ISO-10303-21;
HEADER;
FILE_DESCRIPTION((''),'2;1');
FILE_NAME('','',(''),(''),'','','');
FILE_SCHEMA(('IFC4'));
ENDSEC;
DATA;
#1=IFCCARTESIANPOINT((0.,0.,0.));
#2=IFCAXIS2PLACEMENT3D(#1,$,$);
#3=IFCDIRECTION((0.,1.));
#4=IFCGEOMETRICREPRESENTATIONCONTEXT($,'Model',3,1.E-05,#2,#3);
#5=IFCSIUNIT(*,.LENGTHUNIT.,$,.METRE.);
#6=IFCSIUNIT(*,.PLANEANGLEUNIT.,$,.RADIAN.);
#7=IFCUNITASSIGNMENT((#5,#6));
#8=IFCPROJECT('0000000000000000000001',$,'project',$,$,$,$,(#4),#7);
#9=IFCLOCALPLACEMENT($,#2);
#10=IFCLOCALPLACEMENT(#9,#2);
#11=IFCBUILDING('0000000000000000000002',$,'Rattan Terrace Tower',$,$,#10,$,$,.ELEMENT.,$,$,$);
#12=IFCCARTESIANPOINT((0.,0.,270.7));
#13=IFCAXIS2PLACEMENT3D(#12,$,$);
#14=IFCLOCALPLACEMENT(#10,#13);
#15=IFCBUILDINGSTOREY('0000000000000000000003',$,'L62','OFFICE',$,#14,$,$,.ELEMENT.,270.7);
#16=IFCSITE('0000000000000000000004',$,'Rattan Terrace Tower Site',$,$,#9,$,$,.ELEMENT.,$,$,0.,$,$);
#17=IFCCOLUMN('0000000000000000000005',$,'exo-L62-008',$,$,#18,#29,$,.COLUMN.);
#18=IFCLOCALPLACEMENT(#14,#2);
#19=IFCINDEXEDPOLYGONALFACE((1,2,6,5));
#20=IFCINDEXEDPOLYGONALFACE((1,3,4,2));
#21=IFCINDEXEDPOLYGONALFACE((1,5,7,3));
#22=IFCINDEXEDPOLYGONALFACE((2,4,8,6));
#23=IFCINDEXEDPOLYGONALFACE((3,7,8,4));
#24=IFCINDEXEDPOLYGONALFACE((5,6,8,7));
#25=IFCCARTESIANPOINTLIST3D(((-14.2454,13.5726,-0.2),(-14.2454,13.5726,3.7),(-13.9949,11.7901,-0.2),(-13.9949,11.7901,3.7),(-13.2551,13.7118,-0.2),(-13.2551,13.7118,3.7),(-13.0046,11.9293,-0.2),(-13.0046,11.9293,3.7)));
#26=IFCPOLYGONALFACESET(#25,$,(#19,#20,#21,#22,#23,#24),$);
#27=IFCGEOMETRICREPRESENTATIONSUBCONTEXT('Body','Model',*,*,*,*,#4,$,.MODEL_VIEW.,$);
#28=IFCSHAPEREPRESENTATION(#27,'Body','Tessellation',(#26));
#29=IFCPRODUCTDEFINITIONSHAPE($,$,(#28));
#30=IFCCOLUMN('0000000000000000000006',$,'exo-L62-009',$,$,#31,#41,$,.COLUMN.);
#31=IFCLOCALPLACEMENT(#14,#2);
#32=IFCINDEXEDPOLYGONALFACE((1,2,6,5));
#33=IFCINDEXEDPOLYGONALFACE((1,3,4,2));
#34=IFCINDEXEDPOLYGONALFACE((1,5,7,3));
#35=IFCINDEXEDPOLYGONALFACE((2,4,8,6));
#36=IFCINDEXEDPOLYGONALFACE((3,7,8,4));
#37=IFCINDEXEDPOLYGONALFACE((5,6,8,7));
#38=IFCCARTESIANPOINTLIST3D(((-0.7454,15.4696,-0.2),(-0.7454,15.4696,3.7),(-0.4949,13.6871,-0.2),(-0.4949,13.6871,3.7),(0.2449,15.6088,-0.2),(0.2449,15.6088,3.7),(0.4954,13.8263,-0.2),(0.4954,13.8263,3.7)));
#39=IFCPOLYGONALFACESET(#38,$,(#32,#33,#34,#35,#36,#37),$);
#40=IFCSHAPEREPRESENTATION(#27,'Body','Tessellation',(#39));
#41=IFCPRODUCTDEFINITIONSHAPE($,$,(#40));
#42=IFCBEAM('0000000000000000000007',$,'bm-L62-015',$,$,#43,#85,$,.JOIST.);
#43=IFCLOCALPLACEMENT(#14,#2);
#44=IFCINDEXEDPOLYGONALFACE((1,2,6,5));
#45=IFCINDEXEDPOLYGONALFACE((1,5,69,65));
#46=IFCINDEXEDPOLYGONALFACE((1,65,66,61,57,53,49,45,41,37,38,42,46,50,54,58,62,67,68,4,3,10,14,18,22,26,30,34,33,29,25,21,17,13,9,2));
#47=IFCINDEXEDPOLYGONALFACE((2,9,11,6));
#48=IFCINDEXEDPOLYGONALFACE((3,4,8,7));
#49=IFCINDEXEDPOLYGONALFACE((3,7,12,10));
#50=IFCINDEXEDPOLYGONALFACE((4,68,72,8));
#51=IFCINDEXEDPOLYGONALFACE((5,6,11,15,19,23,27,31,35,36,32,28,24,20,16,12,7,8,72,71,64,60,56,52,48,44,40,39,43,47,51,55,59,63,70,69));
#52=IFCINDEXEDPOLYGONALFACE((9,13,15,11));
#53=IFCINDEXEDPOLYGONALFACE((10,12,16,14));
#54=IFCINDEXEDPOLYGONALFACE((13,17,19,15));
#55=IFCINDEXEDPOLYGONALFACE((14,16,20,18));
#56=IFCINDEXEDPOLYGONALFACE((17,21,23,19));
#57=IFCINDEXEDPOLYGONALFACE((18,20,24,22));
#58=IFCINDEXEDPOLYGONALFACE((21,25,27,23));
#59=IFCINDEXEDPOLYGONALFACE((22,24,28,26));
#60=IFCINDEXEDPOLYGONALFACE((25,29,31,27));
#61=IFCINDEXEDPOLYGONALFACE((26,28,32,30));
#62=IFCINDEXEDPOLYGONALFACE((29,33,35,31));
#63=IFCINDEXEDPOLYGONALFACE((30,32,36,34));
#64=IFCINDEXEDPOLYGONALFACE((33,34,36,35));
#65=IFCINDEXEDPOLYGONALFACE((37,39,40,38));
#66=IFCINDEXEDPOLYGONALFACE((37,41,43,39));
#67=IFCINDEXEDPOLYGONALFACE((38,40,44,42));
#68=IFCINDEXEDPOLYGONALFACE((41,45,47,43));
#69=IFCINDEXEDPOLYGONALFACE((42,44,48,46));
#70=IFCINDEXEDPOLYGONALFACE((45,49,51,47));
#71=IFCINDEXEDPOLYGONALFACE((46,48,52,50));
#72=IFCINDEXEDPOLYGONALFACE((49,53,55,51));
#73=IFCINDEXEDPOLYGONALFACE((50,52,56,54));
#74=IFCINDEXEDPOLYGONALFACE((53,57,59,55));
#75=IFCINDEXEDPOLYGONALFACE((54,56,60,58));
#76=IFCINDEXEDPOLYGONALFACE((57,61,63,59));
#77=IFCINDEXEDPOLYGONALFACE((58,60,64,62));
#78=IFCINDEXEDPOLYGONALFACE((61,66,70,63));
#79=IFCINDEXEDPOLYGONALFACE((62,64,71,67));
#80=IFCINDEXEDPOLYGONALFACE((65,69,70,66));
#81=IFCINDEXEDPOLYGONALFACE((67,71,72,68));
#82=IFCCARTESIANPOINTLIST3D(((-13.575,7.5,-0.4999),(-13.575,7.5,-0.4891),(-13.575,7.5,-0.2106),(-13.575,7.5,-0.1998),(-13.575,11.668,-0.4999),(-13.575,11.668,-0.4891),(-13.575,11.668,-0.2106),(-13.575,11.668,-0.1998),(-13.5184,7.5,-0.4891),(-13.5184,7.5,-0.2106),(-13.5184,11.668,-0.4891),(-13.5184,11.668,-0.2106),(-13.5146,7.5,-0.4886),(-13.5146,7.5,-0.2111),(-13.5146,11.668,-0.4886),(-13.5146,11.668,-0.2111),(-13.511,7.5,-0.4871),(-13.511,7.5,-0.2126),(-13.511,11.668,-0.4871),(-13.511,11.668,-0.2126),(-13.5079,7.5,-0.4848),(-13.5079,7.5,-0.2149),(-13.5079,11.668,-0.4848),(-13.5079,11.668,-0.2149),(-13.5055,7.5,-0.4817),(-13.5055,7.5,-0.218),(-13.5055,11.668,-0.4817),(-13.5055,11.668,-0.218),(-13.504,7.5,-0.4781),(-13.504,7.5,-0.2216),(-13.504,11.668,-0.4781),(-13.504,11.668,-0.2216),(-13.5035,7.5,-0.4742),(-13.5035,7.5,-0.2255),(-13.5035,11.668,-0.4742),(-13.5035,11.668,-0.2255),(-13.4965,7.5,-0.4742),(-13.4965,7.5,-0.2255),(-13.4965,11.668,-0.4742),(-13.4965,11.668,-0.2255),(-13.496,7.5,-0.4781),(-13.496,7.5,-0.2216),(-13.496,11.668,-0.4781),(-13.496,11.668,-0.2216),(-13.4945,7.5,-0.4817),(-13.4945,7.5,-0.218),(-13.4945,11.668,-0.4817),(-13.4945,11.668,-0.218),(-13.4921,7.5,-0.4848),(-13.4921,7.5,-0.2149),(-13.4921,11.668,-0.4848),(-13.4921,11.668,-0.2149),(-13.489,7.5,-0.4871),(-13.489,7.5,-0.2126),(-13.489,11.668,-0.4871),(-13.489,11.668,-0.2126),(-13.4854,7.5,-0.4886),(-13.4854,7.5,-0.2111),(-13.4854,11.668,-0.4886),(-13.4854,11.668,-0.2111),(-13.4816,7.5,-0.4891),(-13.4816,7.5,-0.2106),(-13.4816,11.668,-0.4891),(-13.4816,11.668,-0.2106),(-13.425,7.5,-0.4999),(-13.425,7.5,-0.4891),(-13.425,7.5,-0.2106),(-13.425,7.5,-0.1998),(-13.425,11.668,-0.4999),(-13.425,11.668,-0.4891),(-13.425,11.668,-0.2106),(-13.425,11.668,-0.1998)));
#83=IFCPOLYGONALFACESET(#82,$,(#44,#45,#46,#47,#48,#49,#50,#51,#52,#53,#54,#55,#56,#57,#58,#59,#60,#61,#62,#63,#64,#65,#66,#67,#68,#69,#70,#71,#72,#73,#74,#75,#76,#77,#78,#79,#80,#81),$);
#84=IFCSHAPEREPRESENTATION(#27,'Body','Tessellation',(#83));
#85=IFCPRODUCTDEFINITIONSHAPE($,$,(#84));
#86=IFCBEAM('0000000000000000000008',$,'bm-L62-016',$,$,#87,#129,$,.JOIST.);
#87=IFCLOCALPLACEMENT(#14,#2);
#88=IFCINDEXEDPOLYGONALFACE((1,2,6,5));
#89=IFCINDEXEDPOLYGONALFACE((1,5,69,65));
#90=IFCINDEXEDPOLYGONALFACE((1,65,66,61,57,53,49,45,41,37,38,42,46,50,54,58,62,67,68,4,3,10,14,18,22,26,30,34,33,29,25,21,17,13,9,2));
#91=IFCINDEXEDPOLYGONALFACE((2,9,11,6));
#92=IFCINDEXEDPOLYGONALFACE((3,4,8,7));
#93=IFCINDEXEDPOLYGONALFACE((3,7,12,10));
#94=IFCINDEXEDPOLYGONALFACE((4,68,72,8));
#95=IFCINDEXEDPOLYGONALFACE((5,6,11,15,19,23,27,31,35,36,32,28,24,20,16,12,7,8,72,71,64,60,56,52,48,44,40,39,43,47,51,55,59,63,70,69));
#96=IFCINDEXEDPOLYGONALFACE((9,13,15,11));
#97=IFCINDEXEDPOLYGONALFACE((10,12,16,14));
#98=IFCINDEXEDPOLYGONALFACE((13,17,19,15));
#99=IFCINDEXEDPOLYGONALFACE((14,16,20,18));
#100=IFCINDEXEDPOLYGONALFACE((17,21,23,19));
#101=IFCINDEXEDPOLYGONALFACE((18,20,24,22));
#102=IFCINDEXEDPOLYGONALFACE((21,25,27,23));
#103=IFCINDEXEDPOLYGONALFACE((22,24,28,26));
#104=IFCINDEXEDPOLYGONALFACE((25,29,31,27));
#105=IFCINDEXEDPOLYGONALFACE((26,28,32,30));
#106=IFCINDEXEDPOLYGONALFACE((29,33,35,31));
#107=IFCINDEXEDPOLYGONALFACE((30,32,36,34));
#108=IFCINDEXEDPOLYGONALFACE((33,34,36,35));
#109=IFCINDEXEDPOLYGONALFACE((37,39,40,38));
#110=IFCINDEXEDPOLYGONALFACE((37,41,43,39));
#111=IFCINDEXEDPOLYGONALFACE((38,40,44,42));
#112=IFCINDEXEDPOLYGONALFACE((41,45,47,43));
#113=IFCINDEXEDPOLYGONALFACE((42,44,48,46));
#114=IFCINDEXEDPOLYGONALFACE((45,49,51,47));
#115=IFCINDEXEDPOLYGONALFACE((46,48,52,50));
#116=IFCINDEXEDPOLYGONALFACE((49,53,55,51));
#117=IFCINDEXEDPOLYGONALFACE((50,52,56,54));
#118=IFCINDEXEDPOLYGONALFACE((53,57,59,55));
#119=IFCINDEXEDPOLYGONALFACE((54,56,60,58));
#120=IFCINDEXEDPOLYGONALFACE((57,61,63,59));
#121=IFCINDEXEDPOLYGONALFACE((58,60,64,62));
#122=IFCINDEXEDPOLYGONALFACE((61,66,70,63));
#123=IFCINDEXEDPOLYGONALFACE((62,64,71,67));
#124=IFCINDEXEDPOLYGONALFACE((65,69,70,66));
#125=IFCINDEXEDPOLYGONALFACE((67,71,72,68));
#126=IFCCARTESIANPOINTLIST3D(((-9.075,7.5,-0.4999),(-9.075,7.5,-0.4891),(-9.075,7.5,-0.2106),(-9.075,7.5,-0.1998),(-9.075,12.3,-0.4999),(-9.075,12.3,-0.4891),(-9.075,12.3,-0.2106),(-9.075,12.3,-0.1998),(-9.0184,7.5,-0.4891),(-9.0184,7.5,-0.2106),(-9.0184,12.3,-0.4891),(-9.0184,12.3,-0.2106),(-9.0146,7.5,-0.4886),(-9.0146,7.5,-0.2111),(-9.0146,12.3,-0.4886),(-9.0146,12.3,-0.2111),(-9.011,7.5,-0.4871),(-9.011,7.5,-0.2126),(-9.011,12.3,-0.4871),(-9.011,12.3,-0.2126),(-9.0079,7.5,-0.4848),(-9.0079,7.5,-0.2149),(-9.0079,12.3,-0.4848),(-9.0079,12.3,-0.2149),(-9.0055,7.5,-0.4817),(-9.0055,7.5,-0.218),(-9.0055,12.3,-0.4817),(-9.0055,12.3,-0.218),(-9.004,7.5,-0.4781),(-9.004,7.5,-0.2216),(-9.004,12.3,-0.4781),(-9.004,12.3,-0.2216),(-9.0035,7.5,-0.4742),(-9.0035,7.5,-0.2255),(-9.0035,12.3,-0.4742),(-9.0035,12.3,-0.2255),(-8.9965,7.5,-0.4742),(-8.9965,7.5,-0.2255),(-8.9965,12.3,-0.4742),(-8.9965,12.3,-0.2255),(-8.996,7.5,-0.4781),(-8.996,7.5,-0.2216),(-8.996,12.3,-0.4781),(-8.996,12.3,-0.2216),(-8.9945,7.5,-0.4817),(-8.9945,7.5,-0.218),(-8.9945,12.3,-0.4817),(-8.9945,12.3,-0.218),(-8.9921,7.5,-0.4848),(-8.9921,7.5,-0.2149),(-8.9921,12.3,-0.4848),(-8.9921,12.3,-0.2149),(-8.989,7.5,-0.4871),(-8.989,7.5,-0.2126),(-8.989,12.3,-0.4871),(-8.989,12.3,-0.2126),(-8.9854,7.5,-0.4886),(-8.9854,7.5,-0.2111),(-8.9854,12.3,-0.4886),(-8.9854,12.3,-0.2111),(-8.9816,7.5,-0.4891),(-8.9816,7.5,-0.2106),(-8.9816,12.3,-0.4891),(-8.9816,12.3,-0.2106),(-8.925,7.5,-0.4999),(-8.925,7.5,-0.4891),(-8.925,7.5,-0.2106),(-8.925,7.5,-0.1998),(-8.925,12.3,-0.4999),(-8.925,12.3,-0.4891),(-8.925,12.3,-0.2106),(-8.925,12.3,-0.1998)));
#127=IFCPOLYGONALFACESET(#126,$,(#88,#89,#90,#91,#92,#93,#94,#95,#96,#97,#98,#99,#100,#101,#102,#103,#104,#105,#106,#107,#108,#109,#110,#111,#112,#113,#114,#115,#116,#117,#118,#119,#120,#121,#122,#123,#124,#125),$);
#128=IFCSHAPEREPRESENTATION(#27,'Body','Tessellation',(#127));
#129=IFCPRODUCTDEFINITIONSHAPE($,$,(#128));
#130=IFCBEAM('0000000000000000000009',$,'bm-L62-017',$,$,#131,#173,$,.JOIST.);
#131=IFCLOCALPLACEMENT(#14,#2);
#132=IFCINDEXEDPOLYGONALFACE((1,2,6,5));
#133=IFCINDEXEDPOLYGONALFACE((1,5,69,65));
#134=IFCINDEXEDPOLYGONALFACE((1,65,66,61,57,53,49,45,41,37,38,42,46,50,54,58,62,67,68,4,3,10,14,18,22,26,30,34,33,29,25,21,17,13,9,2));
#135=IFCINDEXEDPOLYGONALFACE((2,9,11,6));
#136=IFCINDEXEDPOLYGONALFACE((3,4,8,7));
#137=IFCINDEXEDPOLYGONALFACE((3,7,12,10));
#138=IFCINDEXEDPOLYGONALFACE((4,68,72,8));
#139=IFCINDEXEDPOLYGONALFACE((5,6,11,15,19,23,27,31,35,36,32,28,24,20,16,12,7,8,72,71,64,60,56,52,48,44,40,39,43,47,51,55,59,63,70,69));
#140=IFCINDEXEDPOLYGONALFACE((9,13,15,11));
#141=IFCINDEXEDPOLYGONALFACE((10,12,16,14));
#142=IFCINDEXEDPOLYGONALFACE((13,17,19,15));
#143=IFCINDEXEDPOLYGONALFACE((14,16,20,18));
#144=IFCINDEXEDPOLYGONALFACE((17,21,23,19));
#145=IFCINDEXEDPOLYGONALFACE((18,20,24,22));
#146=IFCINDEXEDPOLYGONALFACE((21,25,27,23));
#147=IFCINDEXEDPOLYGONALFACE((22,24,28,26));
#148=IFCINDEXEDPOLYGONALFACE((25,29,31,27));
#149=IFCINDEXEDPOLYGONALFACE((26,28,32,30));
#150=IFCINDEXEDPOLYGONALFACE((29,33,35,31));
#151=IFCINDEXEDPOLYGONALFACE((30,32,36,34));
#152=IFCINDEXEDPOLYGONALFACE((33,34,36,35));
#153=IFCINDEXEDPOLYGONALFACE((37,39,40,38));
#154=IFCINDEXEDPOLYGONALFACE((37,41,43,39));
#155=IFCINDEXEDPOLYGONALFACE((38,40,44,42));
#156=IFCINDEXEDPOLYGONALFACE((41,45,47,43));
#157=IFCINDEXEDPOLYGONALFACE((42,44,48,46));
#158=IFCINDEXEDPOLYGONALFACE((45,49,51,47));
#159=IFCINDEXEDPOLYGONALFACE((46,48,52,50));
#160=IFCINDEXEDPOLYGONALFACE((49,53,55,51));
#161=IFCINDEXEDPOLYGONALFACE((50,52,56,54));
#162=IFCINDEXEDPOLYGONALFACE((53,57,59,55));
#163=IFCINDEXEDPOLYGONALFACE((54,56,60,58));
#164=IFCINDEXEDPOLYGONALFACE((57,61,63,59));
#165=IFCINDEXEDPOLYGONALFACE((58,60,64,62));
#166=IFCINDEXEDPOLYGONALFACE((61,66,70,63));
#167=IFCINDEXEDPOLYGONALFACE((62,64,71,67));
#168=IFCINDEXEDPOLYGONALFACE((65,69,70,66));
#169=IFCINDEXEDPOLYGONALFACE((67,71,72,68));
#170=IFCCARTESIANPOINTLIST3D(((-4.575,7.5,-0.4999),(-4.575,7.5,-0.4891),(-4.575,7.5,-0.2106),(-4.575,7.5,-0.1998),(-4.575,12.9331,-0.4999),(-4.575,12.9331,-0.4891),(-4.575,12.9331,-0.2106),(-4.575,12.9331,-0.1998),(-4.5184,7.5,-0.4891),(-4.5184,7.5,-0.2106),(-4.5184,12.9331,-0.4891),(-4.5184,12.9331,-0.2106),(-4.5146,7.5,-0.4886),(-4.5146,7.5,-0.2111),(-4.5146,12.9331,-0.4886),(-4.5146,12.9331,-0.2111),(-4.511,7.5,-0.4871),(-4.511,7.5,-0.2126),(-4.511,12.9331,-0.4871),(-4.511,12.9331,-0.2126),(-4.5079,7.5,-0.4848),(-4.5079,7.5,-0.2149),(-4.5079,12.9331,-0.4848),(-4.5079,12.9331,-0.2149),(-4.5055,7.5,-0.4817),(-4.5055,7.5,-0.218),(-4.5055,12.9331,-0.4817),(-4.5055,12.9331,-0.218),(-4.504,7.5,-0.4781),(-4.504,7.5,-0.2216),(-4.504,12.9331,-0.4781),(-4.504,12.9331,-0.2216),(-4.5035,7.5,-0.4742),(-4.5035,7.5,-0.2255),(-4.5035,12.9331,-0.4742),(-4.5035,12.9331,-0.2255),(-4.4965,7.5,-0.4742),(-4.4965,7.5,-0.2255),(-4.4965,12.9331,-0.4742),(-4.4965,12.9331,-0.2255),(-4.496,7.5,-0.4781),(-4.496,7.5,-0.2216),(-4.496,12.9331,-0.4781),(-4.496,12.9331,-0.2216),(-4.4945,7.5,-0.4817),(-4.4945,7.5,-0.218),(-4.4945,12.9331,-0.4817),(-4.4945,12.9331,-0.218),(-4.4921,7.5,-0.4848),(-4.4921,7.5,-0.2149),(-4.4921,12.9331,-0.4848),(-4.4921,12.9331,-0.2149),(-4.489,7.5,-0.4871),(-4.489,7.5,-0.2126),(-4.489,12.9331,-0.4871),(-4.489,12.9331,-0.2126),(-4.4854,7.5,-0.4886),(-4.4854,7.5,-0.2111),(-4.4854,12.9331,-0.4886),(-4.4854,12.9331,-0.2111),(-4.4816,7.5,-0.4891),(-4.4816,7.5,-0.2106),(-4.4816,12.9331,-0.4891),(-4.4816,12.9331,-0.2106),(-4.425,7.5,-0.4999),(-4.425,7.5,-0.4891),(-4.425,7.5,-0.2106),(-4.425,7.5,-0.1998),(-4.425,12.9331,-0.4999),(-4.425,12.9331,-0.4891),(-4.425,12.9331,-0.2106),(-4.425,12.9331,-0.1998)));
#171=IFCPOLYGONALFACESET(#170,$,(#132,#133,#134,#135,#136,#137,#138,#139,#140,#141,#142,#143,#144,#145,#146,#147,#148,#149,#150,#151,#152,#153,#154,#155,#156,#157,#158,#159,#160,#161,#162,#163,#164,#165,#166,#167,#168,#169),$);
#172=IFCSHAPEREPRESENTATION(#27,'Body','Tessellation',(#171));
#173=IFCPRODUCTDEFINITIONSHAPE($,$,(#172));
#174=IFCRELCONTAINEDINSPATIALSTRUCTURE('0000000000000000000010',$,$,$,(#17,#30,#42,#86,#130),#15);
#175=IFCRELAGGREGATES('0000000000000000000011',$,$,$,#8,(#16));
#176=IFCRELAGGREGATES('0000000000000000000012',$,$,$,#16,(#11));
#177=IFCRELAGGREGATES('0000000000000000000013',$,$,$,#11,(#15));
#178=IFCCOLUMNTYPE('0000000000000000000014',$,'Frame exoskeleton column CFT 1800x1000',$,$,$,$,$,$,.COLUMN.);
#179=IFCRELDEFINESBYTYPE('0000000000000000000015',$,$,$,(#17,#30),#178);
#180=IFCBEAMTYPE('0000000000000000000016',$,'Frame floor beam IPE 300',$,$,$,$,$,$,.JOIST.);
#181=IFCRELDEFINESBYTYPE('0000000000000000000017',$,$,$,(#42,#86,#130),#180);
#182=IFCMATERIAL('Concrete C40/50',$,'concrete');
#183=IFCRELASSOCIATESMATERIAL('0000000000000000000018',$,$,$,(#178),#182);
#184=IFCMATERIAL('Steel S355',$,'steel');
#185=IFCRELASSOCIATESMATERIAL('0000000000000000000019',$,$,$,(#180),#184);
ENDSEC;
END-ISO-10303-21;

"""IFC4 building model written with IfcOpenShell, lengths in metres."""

from ifc_helpers import new_model, si_unit, direction, frame, origin, origin_2d, place, context, subcontext, project, spatial, rectangle, i_section, extrude, material, material_profile, profile_set, type_object, element, save


model = new_model("IFC4")

# Units and contexts
model_context = context("Model", 3, precision=1e-05, world=origin(), true_north=direction((0.0, 1.0)))
body_context = subcontext(model_context, "Body", "Model", "MODEL_VIEW")
ifc_project = project(units=[si_unit("LENGTHUNIT", "METRE"), si_unit("PLANEANGLEUNIT", "RADIAN")], contexts=[model_context])

# Site, building, storey
site_placement = place(None, origin())
site = spatial("IfcSite", under=ifc_project, at=site_placement, Name="Rattan Terrace Tower Site", CompositionType="ELEMENT", RefElevation=0.0)
building_placement = place(site_placement, origin())
building = spatial("IfcBuilding", under=site, at=building_placement, Name="Rattan Terrace Tower", CompositionType="ELEMENT")
storey_placement = place(building_placement, frame((0.0, 0.0, 270.7)))
storey = spatial("IfcBuildingStorey", under=building, at=storey_placement, Name="L62", Description="OFFICE", CompositionType="ELEMENT", Elevation=270.7)

# Columns
ifc_material_1 = material(Name="Concrete C40/50", Category="concrete")
ifc_material_profile_1 = material_profile(ifc_material_1, rectangle(XDim=1.0, YDim=1.8, at=origin_2d()), Name="CFT 1800x1000")
ifc_profile_set_1 = profile_set([ifc_material_profile_1], Name="Concrete C40/50")
column_type = type_object("IfcColumnType", Name="Frame exoskeleton column CFT 1800x1000", PredefinedType="COLUMN", material=ifc_profile_set_1)
for number, where, z_axis, x_axis, name in (
    (1, (-13.625, 12.751, -0.2), (0.0, 0.0, 1.0), (0.990266, 0.13919, 0.0), "exo-L62-008"),
    (2, (-0.125, 14.6479, -0.2), (0.0, 0.0, 1.0), (0.990266, 0.13919, 0.0), "exo-L62-009"),
):
    element("IfcColumn", number, at=place(storey_placement, frame(where, z_axis=z_axis, x_axis=x_axis)), inside=storey, type_object=column_type, Name=name, PredefinedType="COLUMN", context=body_context, shape_type="SweptSolid", body=[
        extrude(rectangle(XDim=1.0, YDim=1.8, at=origin_2d()), origin(), (0.0, 0.0, 1.0), 3.8999),
    ])

# Beams
ifc_material_2 = material(Name="Steel S355", Category="steel")
ifc_material_profile_2 = material_profile(ifc_material_2, i_section(OverallWidth=0.1499, OverallDepth=0.3, WebThickness=0.0071, FlangeThickness=0.0107, FilletRadius=0.0149, at=origin_2d()), Name="IPE 300")
ifc_profile_set_2 = profile_set([ifc_material_profile_2], Name="Steel S355")
beam_type_1 = type_object("IfcBeamType", Name="Frame floor beam IPE 300", PredefinedType="JOIST", material=ifc_profile_set_2)
beam_1_placement = place(storey_placement, frame((-13.5, 7.5, -0.3499), z_axis=(0.0, 1.0, 0.0), x_axis=(-1.0, 0.0, 0.0)))
element("IfcBeam", 3, at=beam_1_placement, inside=storey, type_object=beam_type_1, Name="bm-L62-015", PredefinedType="JOIST", context=body_context, shape_type="SweptSolid", body=[
    extrude(i_section(OverallWidth=0.1499, OverallDepth=0.3, WebThickness=0.0071, FlangeThickness=0.0107, FilletRadius=0.0149, at=origin_2d()), origin(), (0.0, 0.0, 1.0), 4.168),
])
beam_2_placement = place(storey_placement, frame((-9.0, 7.5, -0.3499), z_axis=(0.0, 1.0, 0.0), x_axis=(-1.0, 0.0, 0.0)))
element("IfcBeam", 4, at=beam_2_placement, inside=storey, type_object=beam_type_1, Name="bm-L62-016", PredefinedType="JOIST", context=body_context, shape_type="SweptSolid", body=[
    extrude(i_section(OverallWidth=0.1499, OverallDepth=0.3, WebThickness=0.0071, FlangeThickness=0.0107, FilletRadius=0.0149, at=origin_2d()), origin(), (0.0, 0.0, 1.0), 4.8),
])
beam_3_placement = place(storey_placement, frame((-4.5, 7.5, -0.3499), z_axis=(0.0, 1.0, 0.0), x_axis=(-1.0, 0.0, 0.0)))
element("IfcBeam", 5, at=beam_3_placement, inside=storey, type_object=beam_type_1, Name="bm-L62-017", PredefinedType="JOIST", context=body_context, shape_type="SweptSolid", body=[
    extrude(i_section(OverallWidth=0.1499, OverallDepth=0.3, WebThickness=0.0071, FlangeThickness=0.0107, FilletRadius=0.0149, at=origin_2d()), origin(), (0.0, 0.0, 1.0), 5.4331),
])

save(model, "model.ifc")
